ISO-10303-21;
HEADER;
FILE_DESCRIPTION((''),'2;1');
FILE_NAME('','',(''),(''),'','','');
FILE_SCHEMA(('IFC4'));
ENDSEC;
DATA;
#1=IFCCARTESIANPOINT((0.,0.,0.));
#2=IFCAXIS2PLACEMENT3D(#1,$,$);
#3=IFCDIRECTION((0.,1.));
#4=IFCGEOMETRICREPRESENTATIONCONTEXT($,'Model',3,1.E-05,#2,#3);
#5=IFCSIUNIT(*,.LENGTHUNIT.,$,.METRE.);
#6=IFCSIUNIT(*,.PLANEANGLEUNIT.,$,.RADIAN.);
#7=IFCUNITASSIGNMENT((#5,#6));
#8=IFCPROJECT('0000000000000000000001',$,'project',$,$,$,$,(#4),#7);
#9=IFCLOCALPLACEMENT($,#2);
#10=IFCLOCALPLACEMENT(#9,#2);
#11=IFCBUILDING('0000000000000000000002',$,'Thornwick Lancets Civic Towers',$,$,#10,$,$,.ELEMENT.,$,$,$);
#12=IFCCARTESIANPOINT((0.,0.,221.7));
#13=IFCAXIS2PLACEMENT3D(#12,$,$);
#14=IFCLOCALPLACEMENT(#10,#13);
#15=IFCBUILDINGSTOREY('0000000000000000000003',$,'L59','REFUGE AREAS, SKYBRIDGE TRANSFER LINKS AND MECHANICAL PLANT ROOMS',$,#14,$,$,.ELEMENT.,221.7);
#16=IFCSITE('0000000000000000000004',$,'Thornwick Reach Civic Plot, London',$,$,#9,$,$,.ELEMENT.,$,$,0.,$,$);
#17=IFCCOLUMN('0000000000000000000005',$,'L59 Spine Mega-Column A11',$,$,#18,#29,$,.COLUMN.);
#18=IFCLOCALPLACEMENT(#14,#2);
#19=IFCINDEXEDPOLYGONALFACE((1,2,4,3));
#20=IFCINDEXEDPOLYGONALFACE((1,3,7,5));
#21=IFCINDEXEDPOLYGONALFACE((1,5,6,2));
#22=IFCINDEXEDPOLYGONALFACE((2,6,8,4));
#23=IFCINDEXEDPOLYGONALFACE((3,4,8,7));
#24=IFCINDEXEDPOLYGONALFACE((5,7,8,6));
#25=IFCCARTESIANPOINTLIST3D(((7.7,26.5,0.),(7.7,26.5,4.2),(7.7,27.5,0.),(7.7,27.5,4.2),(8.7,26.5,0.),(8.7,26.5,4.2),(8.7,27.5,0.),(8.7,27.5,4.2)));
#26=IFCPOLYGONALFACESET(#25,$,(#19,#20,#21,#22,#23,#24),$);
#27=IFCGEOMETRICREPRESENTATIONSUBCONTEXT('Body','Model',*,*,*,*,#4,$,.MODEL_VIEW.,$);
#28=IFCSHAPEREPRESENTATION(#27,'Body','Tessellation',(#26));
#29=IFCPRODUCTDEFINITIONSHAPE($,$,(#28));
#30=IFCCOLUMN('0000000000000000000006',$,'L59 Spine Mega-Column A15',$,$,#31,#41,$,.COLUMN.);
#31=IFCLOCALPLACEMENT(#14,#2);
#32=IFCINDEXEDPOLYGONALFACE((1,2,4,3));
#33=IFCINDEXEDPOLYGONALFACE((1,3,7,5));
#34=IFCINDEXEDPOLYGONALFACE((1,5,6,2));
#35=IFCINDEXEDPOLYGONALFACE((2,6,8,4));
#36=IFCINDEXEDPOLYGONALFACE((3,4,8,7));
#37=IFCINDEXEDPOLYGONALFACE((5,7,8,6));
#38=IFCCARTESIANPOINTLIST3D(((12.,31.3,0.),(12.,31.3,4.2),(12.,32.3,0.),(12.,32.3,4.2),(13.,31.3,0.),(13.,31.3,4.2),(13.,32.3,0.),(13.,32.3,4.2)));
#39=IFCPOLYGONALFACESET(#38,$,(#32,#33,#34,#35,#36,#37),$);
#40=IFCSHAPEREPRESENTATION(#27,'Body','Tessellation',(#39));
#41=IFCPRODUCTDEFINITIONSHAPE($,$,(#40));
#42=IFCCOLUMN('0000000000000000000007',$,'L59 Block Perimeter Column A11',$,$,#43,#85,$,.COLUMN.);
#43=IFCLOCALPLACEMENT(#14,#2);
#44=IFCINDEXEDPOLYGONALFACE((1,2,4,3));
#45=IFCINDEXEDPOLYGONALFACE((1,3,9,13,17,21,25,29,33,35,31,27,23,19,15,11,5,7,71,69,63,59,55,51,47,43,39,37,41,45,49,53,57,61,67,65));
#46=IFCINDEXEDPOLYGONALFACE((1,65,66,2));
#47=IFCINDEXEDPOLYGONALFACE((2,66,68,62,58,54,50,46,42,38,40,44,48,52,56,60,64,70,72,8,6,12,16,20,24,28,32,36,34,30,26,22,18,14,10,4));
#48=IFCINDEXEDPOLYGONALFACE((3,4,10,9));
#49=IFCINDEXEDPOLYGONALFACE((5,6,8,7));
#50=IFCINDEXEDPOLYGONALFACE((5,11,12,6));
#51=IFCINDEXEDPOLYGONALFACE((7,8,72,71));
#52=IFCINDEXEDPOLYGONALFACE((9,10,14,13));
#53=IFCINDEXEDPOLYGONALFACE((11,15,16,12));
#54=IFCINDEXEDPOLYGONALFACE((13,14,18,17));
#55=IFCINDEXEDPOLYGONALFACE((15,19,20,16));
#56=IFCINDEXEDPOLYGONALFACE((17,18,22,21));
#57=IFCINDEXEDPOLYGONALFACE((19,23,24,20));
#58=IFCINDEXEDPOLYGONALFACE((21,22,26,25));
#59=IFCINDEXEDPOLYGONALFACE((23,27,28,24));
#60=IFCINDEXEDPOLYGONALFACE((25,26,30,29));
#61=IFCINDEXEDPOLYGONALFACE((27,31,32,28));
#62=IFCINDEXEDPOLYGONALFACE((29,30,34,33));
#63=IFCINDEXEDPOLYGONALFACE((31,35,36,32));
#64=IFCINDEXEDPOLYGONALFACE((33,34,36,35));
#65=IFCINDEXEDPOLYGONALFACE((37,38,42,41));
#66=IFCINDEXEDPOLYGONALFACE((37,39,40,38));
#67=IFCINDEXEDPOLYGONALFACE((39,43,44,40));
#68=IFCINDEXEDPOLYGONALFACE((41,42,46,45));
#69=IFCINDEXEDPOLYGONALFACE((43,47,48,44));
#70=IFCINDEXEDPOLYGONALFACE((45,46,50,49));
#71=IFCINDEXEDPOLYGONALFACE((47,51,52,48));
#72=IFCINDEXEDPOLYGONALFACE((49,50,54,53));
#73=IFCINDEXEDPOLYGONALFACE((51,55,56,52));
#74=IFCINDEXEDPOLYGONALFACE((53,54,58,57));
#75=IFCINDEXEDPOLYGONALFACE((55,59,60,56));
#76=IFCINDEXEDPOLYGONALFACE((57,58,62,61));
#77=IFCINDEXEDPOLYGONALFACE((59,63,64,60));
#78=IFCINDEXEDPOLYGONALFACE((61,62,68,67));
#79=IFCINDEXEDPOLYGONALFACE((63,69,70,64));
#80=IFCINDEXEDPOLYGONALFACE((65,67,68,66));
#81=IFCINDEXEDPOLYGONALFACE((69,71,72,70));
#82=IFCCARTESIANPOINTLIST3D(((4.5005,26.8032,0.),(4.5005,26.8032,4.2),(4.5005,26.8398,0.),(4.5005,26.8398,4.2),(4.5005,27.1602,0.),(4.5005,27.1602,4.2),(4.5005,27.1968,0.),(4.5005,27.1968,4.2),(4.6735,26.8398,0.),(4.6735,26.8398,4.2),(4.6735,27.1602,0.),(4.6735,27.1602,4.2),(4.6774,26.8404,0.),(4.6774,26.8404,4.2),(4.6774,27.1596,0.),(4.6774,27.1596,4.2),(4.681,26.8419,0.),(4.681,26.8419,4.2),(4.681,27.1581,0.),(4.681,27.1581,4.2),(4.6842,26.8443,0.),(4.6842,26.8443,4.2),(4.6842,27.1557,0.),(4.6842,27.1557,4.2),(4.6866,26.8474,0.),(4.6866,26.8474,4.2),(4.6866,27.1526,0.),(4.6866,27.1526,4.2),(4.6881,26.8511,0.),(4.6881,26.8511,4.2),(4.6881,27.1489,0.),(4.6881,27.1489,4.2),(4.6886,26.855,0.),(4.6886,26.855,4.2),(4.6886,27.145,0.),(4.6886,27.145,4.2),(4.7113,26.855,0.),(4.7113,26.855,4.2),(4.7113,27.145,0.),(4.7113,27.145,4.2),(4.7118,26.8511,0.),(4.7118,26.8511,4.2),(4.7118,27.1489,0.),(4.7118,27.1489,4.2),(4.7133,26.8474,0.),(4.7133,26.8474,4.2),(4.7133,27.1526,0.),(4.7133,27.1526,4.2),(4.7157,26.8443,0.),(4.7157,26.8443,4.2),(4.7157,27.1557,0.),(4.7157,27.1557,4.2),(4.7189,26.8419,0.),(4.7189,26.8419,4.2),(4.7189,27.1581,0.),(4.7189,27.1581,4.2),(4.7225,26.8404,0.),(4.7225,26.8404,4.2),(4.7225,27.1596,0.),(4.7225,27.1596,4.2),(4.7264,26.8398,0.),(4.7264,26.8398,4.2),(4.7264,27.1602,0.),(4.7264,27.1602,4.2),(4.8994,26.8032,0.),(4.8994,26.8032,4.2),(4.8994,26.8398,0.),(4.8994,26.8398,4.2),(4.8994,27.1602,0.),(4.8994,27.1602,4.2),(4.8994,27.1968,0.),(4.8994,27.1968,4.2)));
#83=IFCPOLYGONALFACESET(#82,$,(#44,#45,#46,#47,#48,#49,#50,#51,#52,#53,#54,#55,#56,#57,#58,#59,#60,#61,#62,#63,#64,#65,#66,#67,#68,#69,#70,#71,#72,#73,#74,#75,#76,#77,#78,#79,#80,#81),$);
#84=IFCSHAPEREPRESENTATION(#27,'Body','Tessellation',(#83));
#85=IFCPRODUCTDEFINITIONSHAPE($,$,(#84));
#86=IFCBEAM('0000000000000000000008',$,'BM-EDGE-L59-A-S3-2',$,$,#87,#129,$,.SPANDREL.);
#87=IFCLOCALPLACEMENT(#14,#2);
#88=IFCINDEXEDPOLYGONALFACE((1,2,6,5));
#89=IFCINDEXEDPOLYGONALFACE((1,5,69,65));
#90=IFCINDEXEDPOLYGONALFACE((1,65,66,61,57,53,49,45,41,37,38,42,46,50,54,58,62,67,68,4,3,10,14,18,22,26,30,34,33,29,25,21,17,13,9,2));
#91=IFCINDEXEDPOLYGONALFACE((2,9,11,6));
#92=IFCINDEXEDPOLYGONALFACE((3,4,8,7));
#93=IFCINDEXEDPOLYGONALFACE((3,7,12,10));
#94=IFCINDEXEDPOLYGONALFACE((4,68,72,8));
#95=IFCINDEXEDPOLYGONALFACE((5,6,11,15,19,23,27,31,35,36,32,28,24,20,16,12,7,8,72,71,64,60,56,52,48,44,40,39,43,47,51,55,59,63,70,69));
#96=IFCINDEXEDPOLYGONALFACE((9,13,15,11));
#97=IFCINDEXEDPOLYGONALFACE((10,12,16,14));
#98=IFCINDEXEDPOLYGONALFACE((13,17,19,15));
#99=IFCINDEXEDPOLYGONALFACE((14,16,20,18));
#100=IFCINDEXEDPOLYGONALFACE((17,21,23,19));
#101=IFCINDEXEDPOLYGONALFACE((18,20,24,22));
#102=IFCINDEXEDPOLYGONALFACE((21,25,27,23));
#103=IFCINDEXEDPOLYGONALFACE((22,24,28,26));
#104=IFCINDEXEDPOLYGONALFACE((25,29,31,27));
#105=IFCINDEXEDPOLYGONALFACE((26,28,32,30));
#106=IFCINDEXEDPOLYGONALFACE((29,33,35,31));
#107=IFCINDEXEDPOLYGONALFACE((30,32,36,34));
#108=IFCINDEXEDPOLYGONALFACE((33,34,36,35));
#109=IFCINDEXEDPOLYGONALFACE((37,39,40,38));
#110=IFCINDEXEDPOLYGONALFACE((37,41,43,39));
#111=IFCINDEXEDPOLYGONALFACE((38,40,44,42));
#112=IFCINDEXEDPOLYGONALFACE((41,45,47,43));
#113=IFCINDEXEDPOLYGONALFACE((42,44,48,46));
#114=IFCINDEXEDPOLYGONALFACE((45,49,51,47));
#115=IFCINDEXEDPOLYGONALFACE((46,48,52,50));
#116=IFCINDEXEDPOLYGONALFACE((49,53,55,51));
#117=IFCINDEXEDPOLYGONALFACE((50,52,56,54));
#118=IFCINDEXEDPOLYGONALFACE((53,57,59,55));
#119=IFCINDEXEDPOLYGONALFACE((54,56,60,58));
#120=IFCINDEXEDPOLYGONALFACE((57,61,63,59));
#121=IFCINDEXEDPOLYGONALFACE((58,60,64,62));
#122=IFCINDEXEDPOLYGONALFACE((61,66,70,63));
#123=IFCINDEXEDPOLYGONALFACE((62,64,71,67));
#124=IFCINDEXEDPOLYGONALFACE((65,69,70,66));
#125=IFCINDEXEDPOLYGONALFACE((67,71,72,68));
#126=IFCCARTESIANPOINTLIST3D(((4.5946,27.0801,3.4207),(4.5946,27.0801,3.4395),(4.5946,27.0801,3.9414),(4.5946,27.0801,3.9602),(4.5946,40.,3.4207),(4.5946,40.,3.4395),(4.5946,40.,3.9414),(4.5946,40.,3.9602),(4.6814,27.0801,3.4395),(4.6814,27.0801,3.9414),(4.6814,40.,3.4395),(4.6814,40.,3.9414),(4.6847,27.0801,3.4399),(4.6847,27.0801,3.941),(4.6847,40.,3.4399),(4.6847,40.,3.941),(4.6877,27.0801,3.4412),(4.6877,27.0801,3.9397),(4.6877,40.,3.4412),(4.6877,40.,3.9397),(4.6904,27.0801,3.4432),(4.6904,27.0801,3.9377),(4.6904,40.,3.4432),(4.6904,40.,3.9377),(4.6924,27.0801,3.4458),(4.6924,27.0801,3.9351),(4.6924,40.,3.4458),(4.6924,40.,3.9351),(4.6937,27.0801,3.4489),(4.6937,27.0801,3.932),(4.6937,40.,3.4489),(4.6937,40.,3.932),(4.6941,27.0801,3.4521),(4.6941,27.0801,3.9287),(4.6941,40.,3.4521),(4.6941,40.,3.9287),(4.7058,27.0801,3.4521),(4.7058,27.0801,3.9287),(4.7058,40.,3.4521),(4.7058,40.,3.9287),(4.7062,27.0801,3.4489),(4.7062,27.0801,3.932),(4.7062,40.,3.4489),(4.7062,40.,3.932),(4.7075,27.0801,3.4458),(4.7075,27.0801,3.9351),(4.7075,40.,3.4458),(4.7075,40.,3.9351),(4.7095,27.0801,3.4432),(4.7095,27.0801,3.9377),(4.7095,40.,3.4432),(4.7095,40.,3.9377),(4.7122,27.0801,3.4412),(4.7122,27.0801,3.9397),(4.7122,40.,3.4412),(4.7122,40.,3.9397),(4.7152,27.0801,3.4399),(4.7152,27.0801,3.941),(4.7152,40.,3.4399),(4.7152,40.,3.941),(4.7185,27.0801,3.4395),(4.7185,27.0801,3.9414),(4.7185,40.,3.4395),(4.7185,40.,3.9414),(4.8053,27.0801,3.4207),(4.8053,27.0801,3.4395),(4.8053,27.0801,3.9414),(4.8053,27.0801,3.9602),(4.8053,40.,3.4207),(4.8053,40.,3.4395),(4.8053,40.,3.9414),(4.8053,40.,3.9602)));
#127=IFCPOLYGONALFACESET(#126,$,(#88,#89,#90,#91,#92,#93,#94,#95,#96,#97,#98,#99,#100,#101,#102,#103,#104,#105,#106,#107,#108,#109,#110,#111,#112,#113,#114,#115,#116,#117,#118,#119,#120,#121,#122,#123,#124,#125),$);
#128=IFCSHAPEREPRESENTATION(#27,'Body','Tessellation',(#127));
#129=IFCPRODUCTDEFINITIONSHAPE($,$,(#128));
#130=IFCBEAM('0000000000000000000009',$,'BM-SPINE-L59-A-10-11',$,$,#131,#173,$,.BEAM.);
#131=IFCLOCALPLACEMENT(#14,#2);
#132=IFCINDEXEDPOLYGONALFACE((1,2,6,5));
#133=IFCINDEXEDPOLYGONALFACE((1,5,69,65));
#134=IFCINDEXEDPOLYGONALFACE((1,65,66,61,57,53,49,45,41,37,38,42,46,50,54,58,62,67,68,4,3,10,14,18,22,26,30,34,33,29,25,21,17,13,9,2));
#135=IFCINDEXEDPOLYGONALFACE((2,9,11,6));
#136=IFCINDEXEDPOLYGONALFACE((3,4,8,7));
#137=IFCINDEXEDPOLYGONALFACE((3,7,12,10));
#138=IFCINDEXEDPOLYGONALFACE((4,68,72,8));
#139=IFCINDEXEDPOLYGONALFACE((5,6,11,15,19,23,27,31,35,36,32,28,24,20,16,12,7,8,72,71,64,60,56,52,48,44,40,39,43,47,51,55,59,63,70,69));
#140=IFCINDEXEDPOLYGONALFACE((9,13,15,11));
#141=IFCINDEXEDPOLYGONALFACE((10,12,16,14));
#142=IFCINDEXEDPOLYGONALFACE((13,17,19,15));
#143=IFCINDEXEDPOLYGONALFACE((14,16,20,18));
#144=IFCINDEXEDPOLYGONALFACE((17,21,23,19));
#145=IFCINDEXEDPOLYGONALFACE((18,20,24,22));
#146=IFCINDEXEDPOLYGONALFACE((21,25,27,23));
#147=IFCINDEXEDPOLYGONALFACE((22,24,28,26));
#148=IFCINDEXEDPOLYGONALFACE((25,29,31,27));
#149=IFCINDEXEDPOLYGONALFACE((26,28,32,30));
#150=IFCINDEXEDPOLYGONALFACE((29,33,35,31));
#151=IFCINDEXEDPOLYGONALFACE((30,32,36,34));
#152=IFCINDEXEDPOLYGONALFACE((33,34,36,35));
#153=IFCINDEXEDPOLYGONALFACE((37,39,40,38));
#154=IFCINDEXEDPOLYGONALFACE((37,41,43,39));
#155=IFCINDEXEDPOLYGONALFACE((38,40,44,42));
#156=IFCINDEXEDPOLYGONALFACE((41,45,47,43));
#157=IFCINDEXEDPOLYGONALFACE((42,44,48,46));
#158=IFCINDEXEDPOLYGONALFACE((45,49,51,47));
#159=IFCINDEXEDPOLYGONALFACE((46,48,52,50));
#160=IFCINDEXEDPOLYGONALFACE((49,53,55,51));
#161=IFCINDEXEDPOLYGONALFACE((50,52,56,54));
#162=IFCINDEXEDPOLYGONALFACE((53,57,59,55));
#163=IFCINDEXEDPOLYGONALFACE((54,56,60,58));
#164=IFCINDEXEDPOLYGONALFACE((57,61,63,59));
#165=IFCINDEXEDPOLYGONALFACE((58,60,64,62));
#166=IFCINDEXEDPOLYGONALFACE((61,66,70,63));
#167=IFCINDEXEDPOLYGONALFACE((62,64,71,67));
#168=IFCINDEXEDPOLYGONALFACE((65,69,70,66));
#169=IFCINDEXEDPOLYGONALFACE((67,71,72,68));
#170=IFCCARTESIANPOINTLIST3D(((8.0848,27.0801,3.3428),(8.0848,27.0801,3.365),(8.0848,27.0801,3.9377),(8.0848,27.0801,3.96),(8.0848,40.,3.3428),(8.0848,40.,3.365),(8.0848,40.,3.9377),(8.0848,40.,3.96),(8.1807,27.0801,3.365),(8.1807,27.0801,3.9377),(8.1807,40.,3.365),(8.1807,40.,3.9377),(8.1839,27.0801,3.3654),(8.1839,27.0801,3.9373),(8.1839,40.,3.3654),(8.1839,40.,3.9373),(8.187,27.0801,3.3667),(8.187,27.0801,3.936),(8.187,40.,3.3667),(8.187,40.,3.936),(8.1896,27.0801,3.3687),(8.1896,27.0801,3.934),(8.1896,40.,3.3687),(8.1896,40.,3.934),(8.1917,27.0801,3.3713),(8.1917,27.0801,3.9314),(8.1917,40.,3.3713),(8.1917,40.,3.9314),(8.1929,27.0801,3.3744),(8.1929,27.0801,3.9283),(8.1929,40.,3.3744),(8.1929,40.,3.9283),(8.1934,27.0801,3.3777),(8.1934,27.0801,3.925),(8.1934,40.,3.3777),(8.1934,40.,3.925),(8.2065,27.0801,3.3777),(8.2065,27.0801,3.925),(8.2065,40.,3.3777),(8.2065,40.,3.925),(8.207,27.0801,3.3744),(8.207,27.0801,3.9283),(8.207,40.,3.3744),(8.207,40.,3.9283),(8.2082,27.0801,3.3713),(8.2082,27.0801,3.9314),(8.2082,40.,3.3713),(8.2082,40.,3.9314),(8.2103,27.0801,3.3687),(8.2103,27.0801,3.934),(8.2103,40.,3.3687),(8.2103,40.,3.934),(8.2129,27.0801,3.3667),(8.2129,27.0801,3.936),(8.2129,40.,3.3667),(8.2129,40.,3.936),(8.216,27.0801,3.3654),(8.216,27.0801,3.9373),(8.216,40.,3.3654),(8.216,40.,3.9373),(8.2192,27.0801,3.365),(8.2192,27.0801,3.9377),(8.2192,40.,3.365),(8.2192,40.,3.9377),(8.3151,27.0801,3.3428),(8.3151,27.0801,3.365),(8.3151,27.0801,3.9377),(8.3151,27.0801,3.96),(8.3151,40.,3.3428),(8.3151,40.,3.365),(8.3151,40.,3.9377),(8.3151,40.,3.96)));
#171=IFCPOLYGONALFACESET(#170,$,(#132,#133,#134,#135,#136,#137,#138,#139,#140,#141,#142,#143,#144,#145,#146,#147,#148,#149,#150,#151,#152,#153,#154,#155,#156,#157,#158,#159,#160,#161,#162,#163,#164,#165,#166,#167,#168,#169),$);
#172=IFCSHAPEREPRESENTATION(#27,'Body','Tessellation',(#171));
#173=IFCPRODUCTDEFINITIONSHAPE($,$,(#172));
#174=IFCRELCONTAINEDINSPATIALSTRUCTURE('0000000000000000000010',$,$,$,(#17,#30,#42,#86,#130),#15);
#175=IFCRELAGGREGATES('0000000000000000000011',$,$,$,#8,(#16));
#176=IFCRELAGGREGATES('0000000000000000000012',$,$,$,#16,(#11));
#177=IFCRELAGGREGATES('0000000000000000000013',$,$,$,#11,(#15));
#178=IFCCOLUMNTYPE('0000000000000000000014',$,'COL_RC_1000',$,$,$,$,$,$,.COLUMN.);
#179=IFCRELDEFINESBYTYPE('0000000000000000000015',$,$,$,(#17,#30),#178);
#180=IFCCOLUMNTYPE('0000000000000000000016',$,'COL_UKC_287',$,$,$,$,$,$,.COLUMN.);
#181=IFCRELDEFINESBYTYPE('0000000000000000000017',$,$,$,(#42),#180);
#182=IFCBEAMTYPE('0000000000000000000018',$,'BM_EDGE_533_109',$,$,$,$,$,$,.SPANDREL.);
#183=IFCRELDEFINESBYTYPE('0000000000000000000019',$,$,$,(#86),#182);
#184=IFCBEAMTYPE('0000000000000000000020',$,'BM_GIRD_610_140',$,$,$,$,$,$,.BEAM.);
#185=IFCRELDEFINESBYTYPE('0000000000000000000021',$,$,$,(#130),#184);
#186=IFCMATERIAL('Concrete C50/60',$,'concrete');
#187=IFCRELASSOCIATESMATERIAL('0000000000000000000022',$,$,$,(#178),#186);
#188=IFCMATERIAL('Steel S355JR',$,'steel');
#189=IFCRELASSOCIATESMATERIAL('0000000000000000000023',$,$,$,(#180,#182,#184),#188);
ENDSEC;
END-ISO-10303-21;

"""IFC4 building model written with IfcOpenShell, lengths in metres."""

from ifc_helpers import new_model, si_unit, direction, frame, origin, origin_2d, place, context, subcontext, project, spatial, rectangle, i_section, extrude, material, material_profile, profile_set, type_object, element, save


model = new_model("IFC4")

# Units and contexts
model_context = context("Model", 3, precision=1e-05, world=origin(), true_north=direction((0.0, 1.0)))
body_context = subcontext(model_context, "Body", "Model", "MODEL_VIEW")
ifc_project = project(units=[si_unit("LENGTHUNIT", "METRE"), si_unit("PLANEANGLEUNIT", "RADIAN")], contexts=[model_context])

# Site, building, storey
site_placement = place(None, origin())
site = spatial("IfcSite", under=ifc_project, at=site_placement, Name="Thornwick Reach Civic Plot, London", CompositionType="ELEMENT", RefElevation=0.0)
building_placement = place(site_placement, origin())
building = spatial("IfcBuilding", under=site, at=building_placement, Name="Thornwick Lancets Civic Towers", CompositionType="ELEMENT")
storey_placement = place(building_placement, frame((0.0, 0.0, 221.7)))
storey = spatial("IfcBuildingStorey", under=building, at=storey_placement, Name="L59", Description="REFUGE AREAS, SKYBRIDGE TRANSFER LINKS AND MECHANICAL PLANT ROOMS", CompositionType="ELEMENT", Elevation=221.7)

# Columns
ifc_material_1 = material(Name="Concrete C50/60", Category="concrete")
ifc_material_profile_1 = material_profile(ifc_material_1, rectangle(XDim=1.0, YDim=1.0, at=origin_2d()), Name="RC 1000x1000")
ifc_profile_set_1 = profile_set([ifc_material_profile_1], Name="Concrete C50/60")
column_type_1 = type_object("IfcColumnType", Name="COL_RC_1000", PredefinedType="COLUMN", material=ifc_profile_set_1)
for number, where, z_axis, x_axis, name in (
    (1, (8.2, 27.0, 0.0), (0.0, 0.0, 1.0), (1.0, 0.0, 0.0), "L59 Spine Mega-Column A11"),
    (2, (12.5, 31.8, 0.0), (0.0, 0.0, 1.0), (1.0, 0.0, 0.0), "L59 Spine Mega-Column A15"),
):
    element("IfcColumn", number, at=place(storey_placement, frame(where, z_axis=z_axis, x_axis=x_axis)), inside=storey, type_object=column_type_1, Name=name, PredefinedType="COLUMN", context=body_context, shape_type="SweptSolid", body=[
        extrude(rectangle(XDim=1.0, YDim=1.0, at=origin_2d()), origin(), (0.0, 0.0, 1.0), 4.2),
    ])
ifc_material_2 = material(Name="Steel S355JR", Category="steel")
ifc_material_profile_2 = material_profile(ifc_material_2, i_section(OverallWidth=0.3989, OverallDepth=0.3936, WebThickness=0.0227, FlangeThickness=0.0366, FilletRadius=0.0151, at=origin_2d()), Name="UKC 356x406x287")
ifc_profile_set_2 = profile_set([ifc_material_profile_2], Name="Steel S355JR")
column_type_2 = type_object("IfcColumnType", Name="COL_UKC_287", PredefinedType="COLUMN", material=ifc_profile_set_2)
column_placement = place(storey_placement, frame((4.7, 27.0, 0.0), z_axis=(0.0, 0.0, 1.0), x_axis=(1.0, 0.0, 0.0)))
element("IfcColumn", 3, at=column_placement, inside=storey, type_object=column_type_2, Name="L59 Block Perimeter Column A11", PredefinedType="COLUMN", context=body_context, shape_type="SweptSolid", body=[
    extrude(i_section(OverallWidth=0.3989, OverallDepth=0.3936, WebThickness=0.0227, FlangeThickness=0.0366, FilletRadius=0.0151, at=origin_2d()), origin(), (0.0, 0.0, 1.0), 4.2),
])

# Beams
ifc_material_profile_3 = material_profile(ifc_material_2, i_section(OverallWidth=0.2107, OverallDepth=0.5396, WebThickness=0.0117, FlangeThickness=0.0188, FilletRadius=0.0127, at=origin_2d()), Name="UKB 533x210x109")
ifc_profile_set_3 = profile_set([ifc_material_profile_3], Name="Steel S355JR")
beam_type_1 = type_object("IfcBeamType", Name="BM_EDGE_533_109", PredefinedType="SPANDREL", material=ifc_profile_set_3)
beam_1_placement = place(storey_placement, frame((4.7, 27.0801, 3.6904), z_axis=(0.0, 1.0, 0.0), x_axis=(-1.0, 0.0, 0.0)))
element("IfcBeam", 4, at=beam_1_placement, inside=storey, type_object=beam_type_1, Name="BM-EDGE-L59-A-S3-2", PredefinedType="SPANDREL", context=body_context, shape_type="SweptSolid", body=[
    extrude(i_section(OverallWidth=0.2107, OverallDepth=0.5396, WebThickness=0.0117, FlangeThickness=0.0188, FilletRadius=0.0127, at=origin_2d()), origin(), (0.0, 0.0, 1.0), 12.9199),
])
ifc_material_profile_4 = material_profile(ifc_material_2, i_section(OverallWidth=0.2302, OverallDepth=0.6172, WebThickness=0.0132, FlangeThickness=0.0222, FilletRadius=0.0127, at=origin_2d()), Name="UKB 610x229x140")
ifc_profile_set_4 = profile_set([ifc_material_profile_4], Name="Steel S355JR")
beam_type_2 = type_object("IfcBeamType", Name="BM_GIRD_610_140", PredefinedType="BEAM", material=ifc_profile_set_4)
beam_2_placement = place(storey_placement, frame((8.2, 27.0801, 3.6514), z_axis=(0.0, 1.0, 0.0), x_axis=(-1.0, 0.0, 0.0)))
element("IfcBeam", 5, at=beam_2_placement, inside=storey, type_object=beam_type_2, Name="BM-SPINE-L59-A-10-11", PredefinedType="BEAM", context=body_context, shape_type="SweptSolid", body=[
    extrude(i_section(OverallWidth=0.2302, OverallDepth=0.6172, WebThickness=0.0132, FlangeThickness=0.0222, FilletRadius=0.0127, at=origin_2d()), origin(), (0.0, 0.0, 1.0), 12.9199),
])

save(model, "model.ifc")
